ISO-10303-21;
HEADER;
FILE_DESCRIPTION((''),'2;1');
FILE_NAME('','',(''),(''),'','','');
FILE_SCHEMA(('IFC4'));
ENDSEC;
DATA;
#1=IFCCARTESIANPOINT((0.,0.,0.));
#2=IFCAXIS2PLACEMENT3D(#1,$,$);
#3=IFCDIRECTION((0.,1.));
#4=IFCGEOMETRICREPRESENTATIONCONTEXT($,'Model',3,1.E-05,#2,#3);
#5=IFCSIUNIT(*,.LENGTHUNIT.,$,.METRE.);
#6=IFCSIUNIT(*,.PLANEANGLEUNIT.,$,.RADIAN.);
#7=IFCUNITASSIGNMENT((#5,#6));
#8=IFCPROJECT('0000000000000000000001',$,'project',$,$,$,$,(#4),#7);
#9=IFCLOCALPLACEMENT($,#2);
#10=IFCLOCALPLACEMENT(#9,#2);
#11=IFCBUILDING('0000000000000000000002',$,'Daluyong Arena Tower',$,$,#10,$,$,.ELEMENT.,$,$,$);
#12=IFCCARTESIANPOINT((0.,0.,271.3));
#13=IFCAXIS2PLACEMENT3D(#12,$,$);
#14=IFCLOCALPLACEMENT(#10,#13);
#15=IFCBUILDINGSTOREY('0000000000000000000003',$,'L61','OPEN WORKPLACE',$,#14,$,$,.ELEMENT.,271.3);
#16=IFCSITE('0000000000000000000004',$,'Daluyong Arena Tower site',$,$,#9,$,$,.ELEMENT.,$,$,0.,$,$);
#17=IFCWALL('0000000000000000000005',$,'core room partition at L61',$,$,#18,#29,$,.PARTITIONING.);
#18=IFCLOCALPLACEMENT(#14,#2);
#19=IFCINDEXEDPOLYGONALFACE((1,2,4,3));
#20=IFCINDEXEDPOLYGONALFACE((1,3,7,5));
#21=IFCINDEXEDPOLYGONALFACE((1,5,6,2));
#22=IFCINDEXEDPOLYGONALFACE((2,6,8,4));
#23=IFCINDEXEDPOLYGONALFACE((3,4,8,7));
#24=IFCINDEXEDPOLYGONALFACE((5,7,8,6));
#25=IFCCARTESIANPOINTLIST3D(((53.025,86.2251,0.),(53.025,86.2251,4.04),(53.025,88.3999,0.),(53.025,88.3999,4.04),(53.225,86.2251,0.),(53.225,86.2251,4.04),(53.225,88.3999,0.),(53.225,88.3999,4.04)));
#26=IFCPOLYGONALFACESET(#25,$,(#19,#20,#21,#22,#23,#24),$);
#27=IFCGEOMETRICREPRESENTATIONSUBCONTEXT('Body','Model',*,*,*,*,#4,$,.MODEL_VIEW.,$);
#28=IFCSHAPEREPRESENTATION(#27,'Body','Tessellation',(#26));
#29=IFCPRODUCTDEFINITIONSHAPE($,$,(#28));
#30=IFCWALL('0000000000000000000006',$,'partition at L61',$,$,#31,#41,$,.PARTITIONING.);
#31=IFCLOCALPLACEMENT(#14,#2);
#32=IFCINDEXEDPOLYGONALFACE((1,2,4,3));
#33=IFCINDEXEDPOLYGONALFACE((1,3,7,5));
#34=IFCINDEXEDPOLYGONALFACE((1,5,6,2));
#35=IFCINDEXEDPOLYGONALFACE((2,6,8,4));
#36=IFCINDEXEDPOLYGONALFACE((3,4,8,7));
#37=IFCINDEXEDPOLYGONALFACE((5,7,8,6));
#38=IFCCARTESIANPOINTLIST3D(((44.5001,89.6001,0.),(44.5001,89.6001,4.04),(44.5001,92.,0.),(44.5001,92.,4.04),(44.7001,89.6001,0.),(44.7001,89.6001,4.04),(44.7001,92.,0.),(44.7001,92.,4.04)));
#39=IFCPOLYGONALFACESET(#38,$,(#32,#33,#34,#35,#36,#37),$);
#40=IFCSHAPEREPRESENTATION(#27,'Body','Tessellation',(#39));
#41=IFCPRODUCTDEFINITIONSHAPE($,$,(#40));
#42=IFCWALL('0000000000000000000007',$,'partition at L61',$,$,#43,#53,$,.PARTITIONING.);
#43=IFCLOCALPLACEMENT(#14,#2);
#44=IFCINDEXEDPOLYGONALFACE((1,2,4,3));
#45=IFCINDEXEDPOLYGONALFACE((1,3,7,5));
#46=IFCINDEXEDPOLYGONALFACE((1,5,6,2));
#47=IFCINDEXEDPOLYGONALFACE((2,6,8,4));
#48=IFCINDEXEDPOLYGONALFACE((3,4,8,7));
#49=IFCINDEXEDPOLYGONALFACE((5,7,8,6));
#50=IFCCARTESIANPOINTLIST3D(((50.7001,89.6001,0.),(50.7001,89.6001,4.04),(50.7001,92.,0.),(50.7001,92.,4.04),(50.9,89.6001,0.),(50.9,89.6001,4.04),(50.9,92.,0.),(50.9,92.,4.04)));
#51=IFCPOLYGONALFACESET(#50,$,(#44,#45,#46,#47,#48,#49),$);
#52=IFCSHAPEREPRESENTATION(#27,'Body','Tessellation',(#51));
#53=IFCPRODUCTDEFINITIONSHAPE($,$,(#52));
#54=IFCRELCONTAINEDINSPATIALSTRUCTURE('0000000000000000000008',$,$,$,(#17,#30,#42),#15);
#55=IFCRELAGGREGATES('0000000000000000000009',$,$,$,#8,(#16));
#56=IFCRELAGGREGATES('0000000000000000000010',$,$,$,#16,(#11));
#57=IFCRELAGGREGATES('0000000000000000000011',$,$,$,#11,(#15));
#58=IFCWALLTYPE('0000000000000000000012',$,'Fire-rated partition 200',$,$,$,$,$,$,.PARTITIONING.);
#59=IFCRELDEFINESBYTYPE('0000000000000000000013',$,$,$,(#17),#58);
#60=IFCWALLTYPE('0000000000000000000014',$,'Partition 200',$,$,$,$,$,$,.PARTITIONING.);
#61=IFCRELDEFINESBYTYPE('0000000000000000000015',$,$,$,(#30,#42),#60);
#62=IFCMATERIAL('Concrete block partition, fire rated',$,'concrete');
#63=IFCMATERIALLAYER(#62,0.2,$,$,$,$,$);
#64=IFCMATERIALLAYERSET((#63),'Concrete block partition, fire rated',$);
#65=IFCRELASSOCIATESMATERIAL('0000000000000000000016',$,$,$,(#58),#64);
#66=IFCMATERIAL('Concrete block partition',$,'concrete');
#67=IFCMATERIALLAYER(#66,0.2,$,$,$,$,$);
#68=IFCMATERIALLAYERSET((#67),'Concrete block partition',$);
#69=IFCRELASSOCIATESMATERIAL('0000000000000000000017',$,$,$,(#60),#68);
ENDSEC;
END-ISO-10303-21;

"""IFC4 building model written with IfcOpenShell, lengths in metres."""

from ifc_helpers import new_model, si_unit, direction, frame, frame_2d, origin, place, context, subcontext, project, spatial, rectangle, extrude, material, layer, layer_set, type_object, element, save


model = new_model("IFC4")

# Units and contexts
model_context = context("Model", 3, precision=1e-05, world=origin(), true_north=direction((0.0, 1.0)))
body_context = subcontext(model_context, "Body", "Model", "MODEL_VIEW")
ifc_project = project(units=[si_unit("LENGTHUNIT", "METRE"), si_unit("PLANEANGLEUNIT", "RADIAN")], contexts=[model_context])

# Site, building, storey
site_placement = place(None, origin())
site = spatial("IfcSite", under=ifc_project, at=site_placement, Name="Daluyong Arena Tower site", CompositionType="ELEMENT", RefElevation=0.0)
building_placement = place(site_placement, origin())
building = spatial("IfcBuilding", under=site, at=building_placement, Name="Daluyong Arena Tower", CompositionType="ELEMENT")
storey_placement = place(building_placement, frame((0.0, 0.0, 271.3)))
storey = spatial("IfcBuildingStorey", under=building, at=storey_placement, Name="L61", Description="OPEN WORKPLACE", CompositionType="ELEMENT", Elevation=271.3)

# Walls
ifc_material_1 = material(Name="Concrete block partition, fire rated", Category="concrete")
ifc_layer_1 = layer(ifc_material_1, 0.2)
ifc_layer_set_1 = layer_set([ifc_layer_1], Name="Concrete block partition, fire rated")
wall_type_1 = type_object("IfcWallType", Name="Fire-rated partition 200", PredefinedType="PARTITIONING", material=ifc_layer_set_1)
wall_1_placement = place(storey_placement, frame((53.125, 86.2251, 0.0), z_axis=(0.0, 0.0, 1.0), x_axis=(0.0, 1.0, 0.0)))
element("IfcWall", 1, at=wall_1_placement, inside=storey, type_object=wall_type_1, Name="core room partition at L61", PredefinedType="PARTITIONING", context=body_context, shape_type="SweptSolid", body=[
    extrude(rectangle(XDim=2.1748, YDim=0.2, at=frame_2d((1.0874, 0.0))), origin(), (0.0, 0.0, 1.0), 4.04),
])
ifc_material_2 = material(Name="Concrete block partition", Category="concrete")
ifc_layer_2 = layer(ifc_material_2, 0.2)
ifc_layer_set_2 = layer_set([ifc_layer_2], Name="Concrete block partition")
wall_type_2 = type_object("IfcWallType", Name="Partition 200", PredefinedType="PARTITIONING", material=ifc_layer_set_2)
for number, where, z_axis, x_axis, name in (
    (2, (44.6001, 89.6001, 0.0), (0.0, 0.0, 1.0), (0.0, 1.0, 0.0), "partition at L61"),
    (3, (50.8, 89.6001, 0.0), (0.0, 0.0, 1.0), (0.0, 1.0, 0.0), "partition at L61"),
):
    element("IfcWall", number, at=place(storey_placement, frame(where, z_axis=z_axis, x_axis=x_axis)), inside=storey, type_object=wall_type_2, Name=name, PredefinedType="PARTITIONING", context=body_context, shape_type="SweptSolid", body=[
        extrude(rectangle(XDim=2.3999, YDim=0.2, at=frame_2d((1.2, 0.0))), origin(), (0.0, 0.0, 1.0), 4.04),
    ])

save(model, "model.ifc")
